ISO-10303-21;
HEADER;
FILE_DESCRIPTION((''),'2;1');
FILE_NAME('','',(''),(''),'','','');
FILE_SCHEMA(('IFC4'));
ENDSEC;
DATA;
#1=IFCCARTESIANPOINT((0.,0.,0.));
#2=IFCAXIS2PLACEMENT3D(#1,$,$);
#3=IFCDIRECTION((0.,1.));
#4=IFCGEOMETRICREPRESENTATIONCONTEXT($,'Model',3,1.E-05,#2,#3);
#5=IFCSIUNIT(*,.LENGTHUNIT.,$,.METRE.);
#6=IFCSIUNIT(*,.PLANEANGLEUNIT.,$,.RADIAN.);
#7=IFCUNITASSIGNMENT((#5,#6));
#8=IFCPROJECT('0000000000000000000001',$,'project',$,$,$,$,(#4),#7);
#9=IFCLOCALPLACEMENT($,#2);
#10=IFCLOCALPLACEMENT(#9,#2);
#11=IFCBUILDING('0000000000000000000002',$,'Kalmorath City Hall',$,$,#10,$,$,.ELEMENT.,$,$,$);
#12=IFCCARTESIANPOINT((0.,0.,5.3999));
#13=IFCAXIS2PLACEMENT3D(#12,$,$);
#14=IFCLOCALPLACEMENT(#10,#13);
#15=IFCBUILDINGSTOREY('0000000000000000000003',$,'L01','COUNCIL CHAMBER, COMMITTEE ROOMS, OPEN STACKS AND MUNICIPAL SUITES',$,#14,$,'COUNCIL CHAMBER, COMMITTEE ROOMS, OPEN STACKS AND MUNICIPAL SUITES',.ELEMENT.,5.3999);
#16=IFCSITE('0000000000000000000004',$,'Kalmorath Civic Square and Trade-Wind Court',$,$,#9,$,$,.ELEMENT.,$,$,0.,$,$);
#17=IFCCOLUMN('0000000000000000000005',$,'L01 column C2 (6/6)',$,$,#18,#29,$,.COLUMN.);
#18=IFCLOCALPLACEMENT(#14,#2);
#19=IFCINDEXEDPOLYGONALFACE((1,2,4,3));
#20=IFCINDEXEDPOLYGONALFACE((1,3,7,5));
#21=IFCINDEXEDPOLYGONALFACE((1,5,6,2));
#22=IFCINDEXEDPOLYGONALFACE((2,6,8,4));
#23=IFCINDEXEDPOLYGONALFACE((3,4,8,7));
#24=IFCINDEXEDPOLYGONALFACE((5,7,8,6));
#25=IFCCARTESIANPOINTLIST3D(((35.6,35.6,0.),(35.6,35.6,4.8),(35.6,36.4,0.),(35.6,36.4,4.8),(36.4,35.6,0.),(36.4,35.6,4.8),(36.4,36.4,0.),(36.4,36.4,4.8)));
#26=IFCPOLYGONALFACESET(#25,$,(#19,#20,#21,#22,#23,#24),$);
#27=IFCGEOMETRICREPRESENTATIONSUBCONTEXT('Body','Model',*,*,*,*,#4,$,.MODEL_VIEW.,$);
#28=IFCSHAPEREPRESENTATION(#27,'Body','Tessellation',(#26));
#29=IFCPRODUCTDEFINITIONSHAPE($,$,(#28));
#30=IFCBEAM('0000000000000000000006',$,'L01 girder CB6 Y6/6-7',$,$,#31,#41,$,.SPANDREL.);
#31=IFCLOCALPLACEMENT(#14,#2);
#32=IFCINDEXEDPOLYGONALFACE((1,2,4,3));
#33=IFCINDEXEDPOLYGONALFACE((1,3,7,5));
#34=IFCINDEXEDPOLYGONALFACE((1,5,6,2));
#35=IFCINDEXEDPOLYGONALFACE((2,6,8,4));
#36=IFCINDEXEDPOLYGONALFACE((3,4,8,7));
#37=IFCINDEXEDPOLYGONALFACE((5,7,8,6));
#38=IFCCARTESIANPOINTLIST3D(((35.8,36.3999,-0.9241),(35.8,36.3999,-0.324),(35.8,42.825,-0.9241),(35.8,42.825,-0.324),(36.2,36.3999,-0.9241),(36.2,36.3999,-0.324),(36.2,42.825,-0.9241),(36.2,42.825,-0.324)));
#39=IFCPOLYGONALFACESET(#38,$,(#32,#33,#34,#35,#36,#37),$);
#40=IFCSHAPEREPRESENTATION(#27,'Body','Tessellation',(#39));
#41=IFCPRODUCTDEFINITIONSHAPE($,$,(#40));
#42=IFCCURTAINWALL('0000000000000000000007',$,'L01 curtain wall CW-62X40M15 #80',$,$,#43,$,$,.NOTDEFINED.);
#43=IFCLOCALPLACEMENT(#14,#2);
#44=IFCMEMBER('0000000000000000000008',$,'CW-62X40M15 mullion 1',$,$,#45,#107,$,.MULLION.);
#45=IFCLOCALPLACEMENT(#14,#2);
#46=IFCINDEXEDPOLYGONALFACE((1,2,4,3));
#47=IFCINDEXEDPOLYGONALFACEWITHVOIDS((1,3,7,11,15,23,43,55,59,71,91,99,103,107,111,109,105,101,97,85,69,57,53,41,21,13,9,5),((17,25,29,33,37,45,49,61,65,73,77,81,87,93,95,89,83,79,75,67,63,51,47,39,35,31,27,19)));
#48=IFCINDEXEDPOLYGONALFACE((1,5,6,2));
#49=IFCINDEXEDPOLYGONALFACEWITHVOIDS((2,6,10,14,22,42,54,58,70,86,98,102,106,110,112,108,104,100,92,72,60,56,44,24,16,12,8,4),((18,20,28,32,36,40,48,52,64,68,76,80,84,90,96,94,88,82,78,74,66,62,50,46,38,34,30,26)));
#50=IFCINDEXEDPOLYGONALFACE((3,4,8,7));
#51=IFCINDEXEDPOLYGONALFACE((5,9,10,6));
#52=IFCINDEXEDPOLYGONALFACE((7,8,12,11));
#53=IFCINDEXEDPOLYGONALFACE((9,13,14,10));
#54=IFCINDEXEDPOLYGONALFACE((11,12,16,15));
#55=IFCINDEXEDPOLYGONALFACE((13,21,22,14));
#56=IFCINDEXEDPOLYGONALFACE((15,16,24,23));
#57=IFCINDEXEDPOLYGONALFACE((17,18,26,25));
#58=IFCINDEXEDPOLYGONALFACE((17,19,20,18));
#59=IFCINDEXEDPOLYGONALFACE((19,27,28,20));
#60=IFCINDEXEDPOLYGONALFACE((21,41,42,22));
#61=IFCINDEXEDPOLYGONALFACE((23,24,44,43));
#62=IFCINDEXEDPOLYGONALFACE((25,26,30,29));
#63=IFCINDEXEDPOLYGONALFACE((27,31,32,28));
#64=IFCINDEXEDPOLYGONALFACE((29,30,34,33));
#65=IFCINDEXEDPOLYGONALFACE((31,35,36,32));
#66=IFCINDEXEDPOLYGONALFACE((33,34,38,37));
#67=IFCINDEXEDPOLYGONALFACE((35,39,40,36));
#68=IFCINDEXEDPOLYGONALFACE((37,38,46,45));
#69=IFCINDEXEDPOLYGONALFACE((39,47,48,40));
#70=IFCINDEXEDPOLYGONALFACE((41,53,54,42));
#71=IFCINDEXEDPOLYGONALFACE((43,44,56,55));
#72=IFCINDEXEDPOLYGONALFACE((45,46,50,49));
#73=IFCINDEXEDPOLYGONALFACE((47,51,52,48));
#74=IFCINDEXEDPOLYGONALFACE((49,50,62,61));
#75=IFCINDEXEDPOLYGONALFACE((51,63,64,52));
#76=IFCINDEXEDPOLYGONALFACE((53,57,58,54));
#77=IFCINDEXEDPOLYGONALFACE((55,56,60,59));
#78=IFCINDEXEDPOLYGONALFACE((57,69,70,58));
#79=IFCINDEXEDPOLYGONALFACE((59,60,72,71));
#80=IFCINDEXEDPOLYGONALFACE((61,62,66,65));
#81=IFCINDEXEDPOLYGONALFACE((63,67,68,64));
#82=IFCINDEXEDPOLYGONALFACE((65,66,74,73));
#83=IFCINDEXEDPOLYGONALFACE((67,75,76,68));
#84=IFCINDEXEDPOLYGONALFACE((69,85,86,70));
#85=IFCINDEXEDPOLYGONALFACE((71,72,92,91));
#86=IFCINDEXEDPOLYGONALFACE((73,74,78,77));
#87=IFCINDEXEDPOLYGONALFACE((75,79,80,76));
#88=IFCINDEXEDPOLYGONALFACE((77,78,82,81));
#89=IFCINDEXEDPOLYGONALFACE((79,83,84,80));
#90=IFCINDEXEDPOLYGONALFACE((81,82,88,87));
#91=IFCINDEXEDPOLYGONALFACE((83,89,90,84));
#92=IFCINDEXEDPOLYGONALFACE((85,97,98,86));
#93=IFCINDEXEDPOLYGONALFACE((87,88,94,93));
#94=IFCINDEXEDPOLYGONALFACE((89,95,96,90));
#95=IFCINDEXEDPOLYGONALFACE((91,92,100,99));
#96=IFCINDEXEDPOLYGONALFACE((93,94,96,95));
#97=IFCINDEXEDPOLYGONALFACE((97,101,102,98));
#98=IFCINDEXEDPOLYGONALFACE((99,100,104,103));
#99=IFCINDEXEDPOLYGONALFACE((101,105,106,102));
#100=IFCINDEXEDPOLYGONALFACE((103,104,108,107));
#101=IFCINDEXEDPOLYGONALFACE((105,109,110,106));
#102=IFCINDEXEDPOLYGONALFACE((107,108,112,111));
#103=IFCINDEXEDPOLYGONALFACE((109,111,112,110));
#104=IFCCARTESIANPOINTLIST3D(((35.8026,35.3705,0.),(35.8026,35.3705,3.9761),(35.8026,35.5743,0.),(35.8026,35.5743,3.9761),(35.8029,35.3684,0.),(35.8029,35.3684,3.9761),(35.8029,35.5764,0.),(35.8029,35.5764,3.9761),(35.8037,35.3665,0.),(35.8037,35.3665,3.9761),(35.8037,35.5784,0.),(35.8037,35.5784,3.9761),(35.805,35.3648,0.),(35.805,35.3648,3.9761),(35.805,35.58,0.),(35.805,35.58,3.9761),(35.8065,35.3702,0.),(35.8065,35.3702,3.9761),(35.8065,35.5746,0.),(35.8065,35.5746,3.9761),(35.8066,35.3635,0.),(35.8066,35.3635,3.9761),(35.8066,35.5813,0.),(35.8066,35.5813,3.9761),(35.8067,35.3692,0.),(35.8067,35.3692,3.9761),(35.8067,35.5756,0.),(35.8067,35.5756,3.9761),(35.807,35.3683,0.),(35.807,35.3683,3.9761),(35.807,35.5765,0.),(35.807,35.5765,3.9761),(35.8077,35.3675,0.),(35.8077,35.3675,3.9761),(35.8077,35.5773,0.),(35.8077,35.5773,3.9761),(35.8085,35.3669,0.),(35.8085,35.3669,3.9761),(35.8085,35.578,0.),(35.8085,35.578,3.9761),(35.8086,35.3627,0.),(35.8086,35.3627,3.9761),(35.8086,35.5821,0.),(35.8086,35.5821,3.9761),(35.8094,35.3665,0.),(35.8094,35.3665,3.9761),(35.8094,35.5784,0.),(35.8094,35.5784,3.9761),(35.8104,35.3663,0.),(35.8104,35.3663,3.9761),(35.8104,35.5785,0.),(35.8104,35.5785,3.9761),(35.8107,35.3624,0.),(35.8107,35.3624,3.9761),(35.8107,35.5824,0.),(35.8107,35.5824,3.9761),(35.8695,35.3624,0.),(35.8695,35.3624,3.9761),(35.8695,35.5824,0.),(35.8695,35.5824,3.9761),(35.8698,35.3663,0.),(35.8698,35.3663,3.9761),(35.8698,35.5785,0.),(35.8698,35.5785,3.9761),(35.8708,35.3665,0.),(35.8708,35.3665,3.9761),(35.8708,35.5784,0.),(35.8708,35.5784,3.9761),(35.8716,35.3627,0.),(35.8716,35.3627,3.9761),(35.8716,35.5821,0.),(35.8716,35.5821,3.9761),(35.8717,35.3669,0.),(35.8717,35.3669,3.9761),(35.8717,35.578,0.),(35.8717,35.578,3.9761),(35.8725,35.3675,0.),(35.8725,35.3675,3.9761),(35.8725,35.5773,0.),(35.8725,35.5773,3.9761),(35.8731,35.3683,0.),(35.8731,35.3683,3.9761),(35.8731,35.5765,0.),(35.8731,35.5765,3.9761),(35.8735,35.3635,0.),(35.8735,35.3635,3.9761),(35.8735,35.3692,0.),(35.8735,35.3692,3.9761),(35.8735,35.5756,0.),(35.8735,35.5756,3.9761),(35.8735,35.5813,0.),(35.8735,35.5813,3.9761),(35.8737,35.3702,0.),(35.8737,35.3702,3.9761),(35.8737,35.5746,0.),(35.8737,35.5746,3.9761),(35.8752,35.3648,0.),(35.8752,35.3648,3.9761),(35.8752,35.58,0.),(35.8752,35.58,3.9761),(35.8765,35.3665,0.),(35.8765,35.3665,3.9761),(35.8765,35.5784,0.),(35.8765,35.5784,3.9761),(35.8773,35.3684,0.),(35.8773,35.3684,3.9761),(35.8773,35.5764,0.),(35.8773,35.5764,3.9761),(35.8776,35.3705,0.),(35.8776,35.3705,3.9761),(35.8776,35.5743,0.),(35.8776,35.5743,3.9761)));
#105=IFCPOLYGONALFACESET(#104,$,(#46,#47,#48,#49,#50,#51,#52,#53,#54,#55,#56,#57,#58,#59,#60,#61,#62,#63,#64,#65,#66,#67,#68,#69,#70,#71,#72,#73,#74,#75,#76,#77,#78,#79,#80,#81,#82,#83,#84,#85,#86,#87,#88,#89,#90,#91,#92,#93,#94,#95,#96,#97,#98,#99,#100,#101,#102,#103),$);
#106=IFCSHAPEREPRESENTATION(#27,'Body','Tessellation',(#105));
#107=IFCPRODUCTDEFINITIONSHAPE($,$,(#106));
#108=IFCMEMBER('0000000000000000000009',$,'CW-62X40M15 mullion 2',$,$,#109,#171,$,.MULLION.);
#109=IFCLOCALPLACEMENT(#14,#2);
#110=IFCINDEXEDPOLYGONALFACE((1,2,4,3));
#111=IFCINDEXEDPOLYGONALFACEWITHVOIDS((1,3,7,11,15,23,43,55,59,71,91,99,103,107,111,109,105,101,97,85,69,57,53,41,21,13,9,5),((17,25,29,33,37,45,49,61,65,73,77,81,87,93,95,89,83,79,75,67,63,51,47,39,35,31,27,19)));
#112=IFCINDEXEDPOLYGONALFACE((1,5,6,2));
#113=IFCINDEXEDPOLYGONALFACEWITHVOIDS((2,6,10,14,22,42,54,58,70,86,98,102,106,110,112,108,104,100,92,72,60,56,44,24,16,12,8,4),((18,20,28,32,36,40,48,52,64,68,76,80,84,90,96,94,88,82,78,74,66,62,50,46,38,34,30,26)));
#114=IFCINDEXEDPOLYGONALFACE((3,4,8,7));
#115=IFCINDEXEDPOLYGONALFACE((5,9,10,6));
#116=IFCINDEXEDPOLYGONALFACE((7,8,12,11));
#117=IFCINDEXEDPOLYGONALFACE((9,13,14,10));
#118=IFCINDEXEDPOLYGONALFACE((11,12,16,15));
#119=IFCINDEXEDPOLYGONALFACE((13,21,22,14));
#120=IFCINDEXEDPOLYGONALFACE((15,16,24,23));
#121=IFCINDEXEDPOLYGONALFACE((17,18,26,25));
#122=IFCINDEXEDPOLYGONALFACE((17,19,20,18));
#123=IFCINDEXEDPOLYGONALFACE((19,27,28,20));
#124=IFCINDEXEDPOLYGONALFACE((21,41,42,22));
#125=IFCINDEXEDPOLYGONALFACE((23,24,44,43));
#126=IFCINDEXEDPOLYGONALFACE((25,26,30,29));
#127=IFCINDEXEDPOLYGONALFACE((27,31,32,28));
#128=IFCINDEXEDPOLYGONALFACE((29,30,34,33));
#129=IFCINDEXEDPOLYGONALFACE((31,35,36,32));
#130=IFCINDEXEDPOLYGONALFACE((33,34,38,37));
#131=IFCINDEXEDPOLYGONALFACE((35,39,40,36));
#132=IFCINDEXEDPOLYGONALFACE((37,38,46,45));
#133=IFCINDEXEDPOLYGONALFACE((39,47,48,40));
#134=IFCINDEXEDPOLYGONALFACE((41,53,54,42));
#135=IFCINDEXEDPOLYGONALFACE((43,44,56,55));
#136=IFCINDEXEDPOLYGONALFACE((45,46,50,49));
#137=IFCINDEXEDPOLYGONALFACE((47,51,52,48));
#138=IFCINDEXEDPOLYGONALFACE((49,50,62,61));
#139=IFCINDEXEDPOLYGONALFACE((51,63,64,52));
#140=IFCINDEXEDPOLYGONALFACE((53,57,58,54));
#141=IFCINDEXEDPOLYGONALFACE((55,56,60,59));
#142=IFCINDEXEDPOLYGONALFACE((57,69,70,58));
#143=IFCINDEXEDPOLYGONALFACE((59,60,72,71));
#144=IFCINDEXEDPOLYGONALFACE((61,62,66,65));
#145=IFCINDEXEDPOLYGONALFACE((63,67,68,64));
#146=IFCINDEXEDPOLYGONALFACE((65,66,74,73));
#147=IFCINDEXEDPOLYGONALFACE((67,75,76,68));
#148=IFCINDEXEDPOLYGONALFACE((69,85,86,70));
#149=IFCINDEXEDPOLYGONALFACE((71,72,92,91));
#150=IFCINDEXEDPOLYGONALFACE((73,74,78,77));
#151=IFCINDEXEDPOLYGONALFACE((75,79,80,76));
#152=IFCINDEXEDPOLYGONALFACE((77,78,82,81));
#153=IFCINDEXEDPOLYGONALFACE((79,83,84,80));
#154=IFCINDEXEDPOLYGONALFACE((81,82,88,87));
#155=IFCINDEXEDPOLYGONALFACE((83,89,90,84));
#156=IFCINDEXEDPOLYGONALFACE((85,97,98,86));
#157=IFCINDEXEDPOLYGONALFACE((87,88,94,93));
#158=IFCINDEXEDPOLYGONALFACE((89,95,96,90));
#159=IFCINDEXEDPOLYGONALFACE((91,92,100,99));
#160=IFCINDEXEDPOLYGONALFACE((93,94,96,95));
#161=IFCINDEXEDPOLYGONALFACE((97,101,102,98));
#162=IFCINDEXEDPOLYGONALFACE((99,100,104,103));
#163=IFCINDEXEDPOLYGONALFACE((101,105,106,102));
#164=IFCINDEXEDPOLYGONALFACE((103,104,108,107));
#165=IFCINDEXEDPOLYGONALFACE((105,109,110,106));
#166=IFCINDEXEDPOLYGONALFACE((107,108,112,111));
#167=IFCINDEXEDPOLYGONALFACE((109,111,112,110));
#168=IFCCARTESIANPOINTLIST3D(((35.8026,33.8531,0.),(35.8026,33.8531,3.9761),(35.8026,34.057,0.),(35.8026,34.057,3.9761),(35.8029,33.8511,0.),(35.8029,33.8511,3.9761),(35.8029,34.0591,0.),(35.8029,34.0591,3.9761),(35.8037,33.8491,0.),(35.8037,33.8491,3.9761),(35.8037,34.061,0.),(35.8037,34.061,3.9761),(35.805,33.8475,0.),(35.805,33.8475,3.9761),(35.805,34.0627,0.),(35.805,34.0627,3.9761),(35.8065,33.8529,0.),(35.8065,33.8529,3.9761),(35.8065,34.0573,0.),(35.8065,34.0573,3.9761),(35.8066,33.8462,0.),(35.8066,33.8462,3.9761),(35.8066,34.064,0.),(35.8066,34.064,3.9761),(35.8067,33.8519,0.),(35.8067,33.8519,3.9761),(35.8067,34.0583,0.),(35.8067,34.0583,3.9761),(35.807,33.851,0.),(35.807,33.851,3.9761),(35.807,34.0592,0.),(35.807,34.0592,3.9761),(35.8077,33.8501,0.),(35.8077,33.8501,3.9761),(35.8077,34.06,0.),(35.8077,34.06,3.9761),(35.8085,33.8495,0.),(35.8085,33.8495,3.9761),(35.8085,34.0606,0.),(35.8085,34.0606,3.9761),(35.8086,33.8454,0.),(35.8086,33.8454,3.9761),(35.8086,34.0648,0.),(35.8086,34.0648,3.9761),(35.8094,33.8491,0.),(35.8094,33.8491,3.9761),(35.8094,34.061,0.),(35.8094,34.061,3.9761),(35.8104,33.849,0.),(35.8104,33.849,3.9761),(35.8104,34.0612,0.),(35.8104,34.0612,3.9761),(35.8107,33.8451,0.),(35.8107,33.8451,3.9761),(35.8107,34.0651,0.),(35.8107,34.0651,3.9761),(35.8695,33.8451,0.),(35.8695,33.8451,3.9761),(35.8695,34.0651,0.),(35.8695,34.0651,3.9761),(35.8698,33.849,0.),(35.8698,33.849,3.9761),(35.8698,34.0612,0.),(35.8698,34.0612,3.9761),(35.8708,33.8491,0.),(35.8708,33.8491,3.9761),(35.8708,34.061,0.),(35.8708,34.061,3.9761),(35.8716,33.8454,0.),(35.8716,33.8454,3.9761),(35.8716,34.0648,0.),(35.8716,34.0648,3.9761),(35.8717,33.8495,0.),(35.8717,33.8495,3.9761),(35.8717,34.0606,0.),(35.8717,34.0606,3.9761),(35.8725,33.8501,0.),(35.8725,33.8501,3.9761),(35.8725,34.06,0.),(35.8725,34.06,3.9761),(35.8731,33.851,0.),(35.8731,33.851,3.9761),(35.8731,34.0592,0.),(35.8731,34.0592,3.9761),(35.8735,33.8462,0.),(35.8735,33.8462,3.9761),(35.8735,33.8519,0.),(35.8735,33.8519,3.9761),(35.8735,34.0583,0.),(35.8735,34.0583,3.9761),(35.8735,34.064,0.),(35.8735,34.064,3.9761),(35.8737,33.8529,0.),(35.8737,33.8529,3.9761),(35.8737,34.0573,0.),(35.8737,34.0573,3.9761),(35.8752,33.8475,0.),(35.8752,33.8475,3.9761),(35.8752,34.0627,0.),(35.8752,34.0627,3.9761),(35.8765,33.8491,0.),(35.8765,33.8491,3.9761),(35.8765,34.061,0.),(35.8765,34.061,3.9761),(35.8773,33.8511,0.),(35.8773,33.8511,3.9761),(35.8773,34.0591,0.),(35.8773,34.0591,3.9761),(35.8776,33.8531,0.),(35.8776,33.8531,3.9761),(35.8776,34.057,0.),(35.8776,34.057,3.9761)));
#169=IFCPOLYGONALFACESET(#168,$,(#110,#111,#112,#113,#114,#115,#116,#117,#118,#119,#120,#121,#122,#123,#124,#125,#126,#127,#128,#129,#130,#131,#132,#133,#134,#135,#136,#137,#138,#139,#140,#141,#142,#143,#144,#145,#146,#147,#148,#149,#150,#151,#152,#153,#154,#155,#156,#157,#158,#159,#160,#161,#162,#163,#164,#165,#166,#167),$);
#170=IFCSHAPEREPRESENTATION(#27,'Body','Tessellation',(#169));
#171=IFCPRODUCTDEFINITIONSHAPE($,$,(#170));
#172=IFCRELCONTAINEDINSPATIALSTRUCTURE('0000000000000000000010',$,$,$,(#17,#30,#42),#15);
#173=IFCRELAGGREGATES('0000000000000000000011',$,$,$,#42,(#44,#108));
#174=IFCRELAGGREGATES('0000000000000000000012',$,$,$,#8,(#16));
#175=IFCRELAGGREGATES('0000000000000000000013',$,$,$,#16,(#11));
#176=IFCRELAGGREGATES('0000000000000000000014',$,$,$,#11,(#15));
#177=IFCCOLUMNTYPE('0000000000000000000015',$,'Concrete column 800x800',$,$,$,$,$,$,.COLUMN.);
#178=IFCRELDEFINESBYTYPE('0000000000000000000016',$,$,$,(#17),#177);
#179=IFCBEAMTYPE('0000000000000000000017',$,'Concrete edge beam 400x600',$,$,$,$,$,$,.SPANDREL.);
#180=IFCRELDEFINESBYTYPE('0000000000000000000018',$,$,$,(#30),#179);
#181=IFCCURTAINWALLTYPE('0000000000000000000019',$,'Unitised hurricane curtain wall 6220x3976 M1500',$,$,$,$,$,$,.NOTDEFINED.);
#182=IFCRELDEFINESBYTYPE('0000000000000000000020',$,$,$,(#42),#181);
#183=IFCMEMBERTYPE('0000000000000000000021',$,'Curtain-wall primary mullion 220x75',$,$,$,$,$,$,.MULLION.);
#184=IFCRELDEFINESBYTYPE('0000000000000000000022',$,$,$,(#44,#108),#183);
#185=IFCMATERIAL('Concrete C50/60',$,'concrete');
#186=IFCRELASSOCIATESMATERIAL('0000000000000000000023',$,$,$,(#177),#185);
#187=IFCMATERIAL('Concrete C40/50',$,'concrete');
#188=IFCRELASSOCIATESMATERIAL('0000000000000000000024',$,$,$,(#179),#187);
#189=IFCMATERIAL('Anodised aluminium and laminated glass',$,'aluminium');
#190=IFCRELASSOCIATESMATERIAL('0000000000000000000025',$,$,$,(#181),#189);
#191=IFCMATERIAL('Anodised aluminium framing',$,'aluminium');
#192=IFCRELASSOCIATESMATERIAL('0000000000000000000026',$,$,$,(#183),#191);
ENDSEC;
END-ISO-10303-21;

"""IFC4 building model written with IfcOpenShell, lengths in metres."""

from ifc_helpers import new_model, si_unit, direction, frame, origin, origin_2d, place, context, subcontext, project, spatial, rectangle, hollow_rectangle, extrude, material, material_profile, profile_set, type_object, element, aggregate, save


model = new_model("IFC4")

# Units and contexts
model_context = context("Model", 3, precision=1e-05, world=origin(), true_north=direction((0.0, 1.0)))
body_context = subcontext(model_context, "Body", "Model", "MODEL_VIEW")
ifc_project = project(units=[si_unit("LENGTHUNIT", "METRE"), si_unit("PLANEANGLEUNIT", "RADIAN")], contexts=[model_context])

# Site, building, storey
site_placement = place(None, origin())
site = spatial("IfcSite", under=ifc_project, at=site_placement, Name="Kalmorath Civic Square and Trade-Wind Court", CompositionType="ELEMENT", RefElevation=0.0)
building_placement = place(site_placement, origin())
building = spatial("IfcBuilding", under=site, at=building_placement, Name="Kalmorath City Hall", CompositionType="ELEMENT")
storey_placement = place(building_placement, frame((0.0, 0.0, 5.3999)))
storey = spatial("IfcBuildingStorey", under=building, at=storey_placement, Name="L01", Description="COUNCIL CHAMBER, COMMITTEE ROOMS, OPEN STACKS AND MUNICIPAL SUITES", LongName="COUNCIL CHAMBER, COMMITTEE ROOMS, OPEN STACKS AND MUNICIPAL SUITES", CompositionType="ELEMENT", Elevation=5.3999)

# Column
ifc_material_1 = material(Name="Concrete C50/60", Category="concrete")
ifc_material_profile_1 = material_profile(ifc_material_1, rectangle(XDim=0.8, YDim=0.8, at=origin_2d()), Name="RC-COL-800X800")
ifc_profile_set_1 = profile_set([ifc_material_profile_1], Name="Concrete C50/60")
column_type = type_object("IfcColumnType", Name="Concrete column 800x800", PredefinedType="COLUMN", material=ifc_profile_set_1)
column_placement = place(storey_placement, frame((36.0, 36.0, 0.0), z_axis=(0.0, 0.0, 1.0), x_axis=(1.0, 0.0, 0.0)))
element("IfcColumn", 1, at=column_placement, inside=storey, type_object=column_type, Name="L01 column C2 (6/6)", PredefinedType="COLUMN", context=body_context, shape_type="SweptSolid", body=[
    extrude(rectangle(XDim=0.8, YDim=0.8, at=origin_2d()), origin(), (0.0, 0.0, 1.0), 4.8),
])

# Beam
ifc_material_2 = material(Name="Concrete C40/50", Category="concrete")
ifc_material_profile_2 = material_profile(ifc_material_2, rectangle(XDim=0.3999, YDim=0.6001, at=origin_2d()), Name="RC-BM-400X600")
ifc_profile_set_2 = profile_set([ifc_material_profile_2], Name="Concrete C40/50")
beam_type = type_object("IfcBeamType", Name="Concrete edge beam 400x600", PredefinedType="SPANDREL", material=ifc_profile_set_2)
beam_placement = place(storey_placement, frame((36.0, 36.3999, -0.624), z_axis=(0.0, 1.0, 0.0), x_axis=(-1.0, 0.0, 0.0)))
element("IfcBeam", 2, at=beam_placement, inside=storey, type_object=beam_type, Name="L01 girder CB6 Y6/6-7", PredefinedType="SPANDREL", context=body_context, shape_type="SweptSolid", body=[
    extrude(rectangle(XDim=0.3999, YDim=0.6001, at=origin_2d()), origin(), (0.0, 0.0, 1.0), 6.425),
])

# Curtain wall, members
ifc_material_3 = material(Name="Anodised aluminium and laminated glass", Category="aluminium")
curtain_wall_type_1 = type_object("IfcCurtainWallType", Name="Unitised hurricane curtain wall 6220x3976 M1500", PredefinedType="NOTDEFINED", material=ifc_material_3)
curtain_wall_1_placement = place(storey_placement, origin())
curtain_wall_1 = element("IfcCurtainWall", 3, at=curtain_wall_1_placement, inside=storey, type_object=curtain_wall_type_1, Name="L01 curtain wall CW-62X40M15 #80", PredefinedType="NOTDEFINED")
ifc_material_4 = material(Name="Anodised aluminium framing", Category="aluminium")
ifc_material_profile_3 = material_profile(ifc_material_4, hollow_rectangle(XDim=0.075, YDim=0.22, WallThickness=0.0039, InnerFilletRadius=0.0039, OuterFilletRadius=0.0081, at=origin_2d()), Name="ALU-MUL-220X75X4")
ifc_profile_set_3 = profile_set([ifc_material_profile_3], Name="Anodised aluminium framing")
member_type_1 = type_object("IfcMemberType", Name="Curtain-wall primary mullion 220x75", PredefinedType="MULLION", material=ifc_profile_set_3)
member_1_placement = place(storey_placement, frame((35.8401, 35.4724, 0.0), z_axis=(0.0, 0.0, 1.0), x_axis=(1.0, 0.0, 0.0)))
member_1 = element("IfcMember", 4, at=member_1_placement, type_object=member_type_1, Name="CW-62X40M15 mullion 1", PredefinedType="MULLION", context=body_context, shape_type="SweptSolid", body=[
    extrude(hollow_rectangle(XDim=0.075, YDim=0.22, WallThickness=0.0039, InnerFilletRadius=0.0039, OuterFilletRadius=0.0081, at=origin_2d()), origin(), (0.0, 0.0, 1.0), 3.9761),
])
member_2_placement = place(storey_placement, frame((35.8401, 33.9551, 0.0), z_axis=(0.0, 0.0, 1.0), x_axis=(1.0, 0.0, 0.0)))
member_2 = element("IfcMember", 5, at=member_2_placement, type_object=member_type_1, Name="CW-62X40M15 mullion 2", PredefinedType="MULLION", context=body_context, shape_type="SweptSolid", body=[
    extrude(hollow_rectangle(XDim=0.075, YDim=0.22, WallThickness=0.0039, InnerFilletRadius=0.0039, OuterFilletRadius=0.0081, at=origin_2d()), origin(), (0.0, 0.0, 1.0), 3.9761),
])

aggregate(curtain_wall_1, [member_1, member_2])

save(model, "model.ifc")
